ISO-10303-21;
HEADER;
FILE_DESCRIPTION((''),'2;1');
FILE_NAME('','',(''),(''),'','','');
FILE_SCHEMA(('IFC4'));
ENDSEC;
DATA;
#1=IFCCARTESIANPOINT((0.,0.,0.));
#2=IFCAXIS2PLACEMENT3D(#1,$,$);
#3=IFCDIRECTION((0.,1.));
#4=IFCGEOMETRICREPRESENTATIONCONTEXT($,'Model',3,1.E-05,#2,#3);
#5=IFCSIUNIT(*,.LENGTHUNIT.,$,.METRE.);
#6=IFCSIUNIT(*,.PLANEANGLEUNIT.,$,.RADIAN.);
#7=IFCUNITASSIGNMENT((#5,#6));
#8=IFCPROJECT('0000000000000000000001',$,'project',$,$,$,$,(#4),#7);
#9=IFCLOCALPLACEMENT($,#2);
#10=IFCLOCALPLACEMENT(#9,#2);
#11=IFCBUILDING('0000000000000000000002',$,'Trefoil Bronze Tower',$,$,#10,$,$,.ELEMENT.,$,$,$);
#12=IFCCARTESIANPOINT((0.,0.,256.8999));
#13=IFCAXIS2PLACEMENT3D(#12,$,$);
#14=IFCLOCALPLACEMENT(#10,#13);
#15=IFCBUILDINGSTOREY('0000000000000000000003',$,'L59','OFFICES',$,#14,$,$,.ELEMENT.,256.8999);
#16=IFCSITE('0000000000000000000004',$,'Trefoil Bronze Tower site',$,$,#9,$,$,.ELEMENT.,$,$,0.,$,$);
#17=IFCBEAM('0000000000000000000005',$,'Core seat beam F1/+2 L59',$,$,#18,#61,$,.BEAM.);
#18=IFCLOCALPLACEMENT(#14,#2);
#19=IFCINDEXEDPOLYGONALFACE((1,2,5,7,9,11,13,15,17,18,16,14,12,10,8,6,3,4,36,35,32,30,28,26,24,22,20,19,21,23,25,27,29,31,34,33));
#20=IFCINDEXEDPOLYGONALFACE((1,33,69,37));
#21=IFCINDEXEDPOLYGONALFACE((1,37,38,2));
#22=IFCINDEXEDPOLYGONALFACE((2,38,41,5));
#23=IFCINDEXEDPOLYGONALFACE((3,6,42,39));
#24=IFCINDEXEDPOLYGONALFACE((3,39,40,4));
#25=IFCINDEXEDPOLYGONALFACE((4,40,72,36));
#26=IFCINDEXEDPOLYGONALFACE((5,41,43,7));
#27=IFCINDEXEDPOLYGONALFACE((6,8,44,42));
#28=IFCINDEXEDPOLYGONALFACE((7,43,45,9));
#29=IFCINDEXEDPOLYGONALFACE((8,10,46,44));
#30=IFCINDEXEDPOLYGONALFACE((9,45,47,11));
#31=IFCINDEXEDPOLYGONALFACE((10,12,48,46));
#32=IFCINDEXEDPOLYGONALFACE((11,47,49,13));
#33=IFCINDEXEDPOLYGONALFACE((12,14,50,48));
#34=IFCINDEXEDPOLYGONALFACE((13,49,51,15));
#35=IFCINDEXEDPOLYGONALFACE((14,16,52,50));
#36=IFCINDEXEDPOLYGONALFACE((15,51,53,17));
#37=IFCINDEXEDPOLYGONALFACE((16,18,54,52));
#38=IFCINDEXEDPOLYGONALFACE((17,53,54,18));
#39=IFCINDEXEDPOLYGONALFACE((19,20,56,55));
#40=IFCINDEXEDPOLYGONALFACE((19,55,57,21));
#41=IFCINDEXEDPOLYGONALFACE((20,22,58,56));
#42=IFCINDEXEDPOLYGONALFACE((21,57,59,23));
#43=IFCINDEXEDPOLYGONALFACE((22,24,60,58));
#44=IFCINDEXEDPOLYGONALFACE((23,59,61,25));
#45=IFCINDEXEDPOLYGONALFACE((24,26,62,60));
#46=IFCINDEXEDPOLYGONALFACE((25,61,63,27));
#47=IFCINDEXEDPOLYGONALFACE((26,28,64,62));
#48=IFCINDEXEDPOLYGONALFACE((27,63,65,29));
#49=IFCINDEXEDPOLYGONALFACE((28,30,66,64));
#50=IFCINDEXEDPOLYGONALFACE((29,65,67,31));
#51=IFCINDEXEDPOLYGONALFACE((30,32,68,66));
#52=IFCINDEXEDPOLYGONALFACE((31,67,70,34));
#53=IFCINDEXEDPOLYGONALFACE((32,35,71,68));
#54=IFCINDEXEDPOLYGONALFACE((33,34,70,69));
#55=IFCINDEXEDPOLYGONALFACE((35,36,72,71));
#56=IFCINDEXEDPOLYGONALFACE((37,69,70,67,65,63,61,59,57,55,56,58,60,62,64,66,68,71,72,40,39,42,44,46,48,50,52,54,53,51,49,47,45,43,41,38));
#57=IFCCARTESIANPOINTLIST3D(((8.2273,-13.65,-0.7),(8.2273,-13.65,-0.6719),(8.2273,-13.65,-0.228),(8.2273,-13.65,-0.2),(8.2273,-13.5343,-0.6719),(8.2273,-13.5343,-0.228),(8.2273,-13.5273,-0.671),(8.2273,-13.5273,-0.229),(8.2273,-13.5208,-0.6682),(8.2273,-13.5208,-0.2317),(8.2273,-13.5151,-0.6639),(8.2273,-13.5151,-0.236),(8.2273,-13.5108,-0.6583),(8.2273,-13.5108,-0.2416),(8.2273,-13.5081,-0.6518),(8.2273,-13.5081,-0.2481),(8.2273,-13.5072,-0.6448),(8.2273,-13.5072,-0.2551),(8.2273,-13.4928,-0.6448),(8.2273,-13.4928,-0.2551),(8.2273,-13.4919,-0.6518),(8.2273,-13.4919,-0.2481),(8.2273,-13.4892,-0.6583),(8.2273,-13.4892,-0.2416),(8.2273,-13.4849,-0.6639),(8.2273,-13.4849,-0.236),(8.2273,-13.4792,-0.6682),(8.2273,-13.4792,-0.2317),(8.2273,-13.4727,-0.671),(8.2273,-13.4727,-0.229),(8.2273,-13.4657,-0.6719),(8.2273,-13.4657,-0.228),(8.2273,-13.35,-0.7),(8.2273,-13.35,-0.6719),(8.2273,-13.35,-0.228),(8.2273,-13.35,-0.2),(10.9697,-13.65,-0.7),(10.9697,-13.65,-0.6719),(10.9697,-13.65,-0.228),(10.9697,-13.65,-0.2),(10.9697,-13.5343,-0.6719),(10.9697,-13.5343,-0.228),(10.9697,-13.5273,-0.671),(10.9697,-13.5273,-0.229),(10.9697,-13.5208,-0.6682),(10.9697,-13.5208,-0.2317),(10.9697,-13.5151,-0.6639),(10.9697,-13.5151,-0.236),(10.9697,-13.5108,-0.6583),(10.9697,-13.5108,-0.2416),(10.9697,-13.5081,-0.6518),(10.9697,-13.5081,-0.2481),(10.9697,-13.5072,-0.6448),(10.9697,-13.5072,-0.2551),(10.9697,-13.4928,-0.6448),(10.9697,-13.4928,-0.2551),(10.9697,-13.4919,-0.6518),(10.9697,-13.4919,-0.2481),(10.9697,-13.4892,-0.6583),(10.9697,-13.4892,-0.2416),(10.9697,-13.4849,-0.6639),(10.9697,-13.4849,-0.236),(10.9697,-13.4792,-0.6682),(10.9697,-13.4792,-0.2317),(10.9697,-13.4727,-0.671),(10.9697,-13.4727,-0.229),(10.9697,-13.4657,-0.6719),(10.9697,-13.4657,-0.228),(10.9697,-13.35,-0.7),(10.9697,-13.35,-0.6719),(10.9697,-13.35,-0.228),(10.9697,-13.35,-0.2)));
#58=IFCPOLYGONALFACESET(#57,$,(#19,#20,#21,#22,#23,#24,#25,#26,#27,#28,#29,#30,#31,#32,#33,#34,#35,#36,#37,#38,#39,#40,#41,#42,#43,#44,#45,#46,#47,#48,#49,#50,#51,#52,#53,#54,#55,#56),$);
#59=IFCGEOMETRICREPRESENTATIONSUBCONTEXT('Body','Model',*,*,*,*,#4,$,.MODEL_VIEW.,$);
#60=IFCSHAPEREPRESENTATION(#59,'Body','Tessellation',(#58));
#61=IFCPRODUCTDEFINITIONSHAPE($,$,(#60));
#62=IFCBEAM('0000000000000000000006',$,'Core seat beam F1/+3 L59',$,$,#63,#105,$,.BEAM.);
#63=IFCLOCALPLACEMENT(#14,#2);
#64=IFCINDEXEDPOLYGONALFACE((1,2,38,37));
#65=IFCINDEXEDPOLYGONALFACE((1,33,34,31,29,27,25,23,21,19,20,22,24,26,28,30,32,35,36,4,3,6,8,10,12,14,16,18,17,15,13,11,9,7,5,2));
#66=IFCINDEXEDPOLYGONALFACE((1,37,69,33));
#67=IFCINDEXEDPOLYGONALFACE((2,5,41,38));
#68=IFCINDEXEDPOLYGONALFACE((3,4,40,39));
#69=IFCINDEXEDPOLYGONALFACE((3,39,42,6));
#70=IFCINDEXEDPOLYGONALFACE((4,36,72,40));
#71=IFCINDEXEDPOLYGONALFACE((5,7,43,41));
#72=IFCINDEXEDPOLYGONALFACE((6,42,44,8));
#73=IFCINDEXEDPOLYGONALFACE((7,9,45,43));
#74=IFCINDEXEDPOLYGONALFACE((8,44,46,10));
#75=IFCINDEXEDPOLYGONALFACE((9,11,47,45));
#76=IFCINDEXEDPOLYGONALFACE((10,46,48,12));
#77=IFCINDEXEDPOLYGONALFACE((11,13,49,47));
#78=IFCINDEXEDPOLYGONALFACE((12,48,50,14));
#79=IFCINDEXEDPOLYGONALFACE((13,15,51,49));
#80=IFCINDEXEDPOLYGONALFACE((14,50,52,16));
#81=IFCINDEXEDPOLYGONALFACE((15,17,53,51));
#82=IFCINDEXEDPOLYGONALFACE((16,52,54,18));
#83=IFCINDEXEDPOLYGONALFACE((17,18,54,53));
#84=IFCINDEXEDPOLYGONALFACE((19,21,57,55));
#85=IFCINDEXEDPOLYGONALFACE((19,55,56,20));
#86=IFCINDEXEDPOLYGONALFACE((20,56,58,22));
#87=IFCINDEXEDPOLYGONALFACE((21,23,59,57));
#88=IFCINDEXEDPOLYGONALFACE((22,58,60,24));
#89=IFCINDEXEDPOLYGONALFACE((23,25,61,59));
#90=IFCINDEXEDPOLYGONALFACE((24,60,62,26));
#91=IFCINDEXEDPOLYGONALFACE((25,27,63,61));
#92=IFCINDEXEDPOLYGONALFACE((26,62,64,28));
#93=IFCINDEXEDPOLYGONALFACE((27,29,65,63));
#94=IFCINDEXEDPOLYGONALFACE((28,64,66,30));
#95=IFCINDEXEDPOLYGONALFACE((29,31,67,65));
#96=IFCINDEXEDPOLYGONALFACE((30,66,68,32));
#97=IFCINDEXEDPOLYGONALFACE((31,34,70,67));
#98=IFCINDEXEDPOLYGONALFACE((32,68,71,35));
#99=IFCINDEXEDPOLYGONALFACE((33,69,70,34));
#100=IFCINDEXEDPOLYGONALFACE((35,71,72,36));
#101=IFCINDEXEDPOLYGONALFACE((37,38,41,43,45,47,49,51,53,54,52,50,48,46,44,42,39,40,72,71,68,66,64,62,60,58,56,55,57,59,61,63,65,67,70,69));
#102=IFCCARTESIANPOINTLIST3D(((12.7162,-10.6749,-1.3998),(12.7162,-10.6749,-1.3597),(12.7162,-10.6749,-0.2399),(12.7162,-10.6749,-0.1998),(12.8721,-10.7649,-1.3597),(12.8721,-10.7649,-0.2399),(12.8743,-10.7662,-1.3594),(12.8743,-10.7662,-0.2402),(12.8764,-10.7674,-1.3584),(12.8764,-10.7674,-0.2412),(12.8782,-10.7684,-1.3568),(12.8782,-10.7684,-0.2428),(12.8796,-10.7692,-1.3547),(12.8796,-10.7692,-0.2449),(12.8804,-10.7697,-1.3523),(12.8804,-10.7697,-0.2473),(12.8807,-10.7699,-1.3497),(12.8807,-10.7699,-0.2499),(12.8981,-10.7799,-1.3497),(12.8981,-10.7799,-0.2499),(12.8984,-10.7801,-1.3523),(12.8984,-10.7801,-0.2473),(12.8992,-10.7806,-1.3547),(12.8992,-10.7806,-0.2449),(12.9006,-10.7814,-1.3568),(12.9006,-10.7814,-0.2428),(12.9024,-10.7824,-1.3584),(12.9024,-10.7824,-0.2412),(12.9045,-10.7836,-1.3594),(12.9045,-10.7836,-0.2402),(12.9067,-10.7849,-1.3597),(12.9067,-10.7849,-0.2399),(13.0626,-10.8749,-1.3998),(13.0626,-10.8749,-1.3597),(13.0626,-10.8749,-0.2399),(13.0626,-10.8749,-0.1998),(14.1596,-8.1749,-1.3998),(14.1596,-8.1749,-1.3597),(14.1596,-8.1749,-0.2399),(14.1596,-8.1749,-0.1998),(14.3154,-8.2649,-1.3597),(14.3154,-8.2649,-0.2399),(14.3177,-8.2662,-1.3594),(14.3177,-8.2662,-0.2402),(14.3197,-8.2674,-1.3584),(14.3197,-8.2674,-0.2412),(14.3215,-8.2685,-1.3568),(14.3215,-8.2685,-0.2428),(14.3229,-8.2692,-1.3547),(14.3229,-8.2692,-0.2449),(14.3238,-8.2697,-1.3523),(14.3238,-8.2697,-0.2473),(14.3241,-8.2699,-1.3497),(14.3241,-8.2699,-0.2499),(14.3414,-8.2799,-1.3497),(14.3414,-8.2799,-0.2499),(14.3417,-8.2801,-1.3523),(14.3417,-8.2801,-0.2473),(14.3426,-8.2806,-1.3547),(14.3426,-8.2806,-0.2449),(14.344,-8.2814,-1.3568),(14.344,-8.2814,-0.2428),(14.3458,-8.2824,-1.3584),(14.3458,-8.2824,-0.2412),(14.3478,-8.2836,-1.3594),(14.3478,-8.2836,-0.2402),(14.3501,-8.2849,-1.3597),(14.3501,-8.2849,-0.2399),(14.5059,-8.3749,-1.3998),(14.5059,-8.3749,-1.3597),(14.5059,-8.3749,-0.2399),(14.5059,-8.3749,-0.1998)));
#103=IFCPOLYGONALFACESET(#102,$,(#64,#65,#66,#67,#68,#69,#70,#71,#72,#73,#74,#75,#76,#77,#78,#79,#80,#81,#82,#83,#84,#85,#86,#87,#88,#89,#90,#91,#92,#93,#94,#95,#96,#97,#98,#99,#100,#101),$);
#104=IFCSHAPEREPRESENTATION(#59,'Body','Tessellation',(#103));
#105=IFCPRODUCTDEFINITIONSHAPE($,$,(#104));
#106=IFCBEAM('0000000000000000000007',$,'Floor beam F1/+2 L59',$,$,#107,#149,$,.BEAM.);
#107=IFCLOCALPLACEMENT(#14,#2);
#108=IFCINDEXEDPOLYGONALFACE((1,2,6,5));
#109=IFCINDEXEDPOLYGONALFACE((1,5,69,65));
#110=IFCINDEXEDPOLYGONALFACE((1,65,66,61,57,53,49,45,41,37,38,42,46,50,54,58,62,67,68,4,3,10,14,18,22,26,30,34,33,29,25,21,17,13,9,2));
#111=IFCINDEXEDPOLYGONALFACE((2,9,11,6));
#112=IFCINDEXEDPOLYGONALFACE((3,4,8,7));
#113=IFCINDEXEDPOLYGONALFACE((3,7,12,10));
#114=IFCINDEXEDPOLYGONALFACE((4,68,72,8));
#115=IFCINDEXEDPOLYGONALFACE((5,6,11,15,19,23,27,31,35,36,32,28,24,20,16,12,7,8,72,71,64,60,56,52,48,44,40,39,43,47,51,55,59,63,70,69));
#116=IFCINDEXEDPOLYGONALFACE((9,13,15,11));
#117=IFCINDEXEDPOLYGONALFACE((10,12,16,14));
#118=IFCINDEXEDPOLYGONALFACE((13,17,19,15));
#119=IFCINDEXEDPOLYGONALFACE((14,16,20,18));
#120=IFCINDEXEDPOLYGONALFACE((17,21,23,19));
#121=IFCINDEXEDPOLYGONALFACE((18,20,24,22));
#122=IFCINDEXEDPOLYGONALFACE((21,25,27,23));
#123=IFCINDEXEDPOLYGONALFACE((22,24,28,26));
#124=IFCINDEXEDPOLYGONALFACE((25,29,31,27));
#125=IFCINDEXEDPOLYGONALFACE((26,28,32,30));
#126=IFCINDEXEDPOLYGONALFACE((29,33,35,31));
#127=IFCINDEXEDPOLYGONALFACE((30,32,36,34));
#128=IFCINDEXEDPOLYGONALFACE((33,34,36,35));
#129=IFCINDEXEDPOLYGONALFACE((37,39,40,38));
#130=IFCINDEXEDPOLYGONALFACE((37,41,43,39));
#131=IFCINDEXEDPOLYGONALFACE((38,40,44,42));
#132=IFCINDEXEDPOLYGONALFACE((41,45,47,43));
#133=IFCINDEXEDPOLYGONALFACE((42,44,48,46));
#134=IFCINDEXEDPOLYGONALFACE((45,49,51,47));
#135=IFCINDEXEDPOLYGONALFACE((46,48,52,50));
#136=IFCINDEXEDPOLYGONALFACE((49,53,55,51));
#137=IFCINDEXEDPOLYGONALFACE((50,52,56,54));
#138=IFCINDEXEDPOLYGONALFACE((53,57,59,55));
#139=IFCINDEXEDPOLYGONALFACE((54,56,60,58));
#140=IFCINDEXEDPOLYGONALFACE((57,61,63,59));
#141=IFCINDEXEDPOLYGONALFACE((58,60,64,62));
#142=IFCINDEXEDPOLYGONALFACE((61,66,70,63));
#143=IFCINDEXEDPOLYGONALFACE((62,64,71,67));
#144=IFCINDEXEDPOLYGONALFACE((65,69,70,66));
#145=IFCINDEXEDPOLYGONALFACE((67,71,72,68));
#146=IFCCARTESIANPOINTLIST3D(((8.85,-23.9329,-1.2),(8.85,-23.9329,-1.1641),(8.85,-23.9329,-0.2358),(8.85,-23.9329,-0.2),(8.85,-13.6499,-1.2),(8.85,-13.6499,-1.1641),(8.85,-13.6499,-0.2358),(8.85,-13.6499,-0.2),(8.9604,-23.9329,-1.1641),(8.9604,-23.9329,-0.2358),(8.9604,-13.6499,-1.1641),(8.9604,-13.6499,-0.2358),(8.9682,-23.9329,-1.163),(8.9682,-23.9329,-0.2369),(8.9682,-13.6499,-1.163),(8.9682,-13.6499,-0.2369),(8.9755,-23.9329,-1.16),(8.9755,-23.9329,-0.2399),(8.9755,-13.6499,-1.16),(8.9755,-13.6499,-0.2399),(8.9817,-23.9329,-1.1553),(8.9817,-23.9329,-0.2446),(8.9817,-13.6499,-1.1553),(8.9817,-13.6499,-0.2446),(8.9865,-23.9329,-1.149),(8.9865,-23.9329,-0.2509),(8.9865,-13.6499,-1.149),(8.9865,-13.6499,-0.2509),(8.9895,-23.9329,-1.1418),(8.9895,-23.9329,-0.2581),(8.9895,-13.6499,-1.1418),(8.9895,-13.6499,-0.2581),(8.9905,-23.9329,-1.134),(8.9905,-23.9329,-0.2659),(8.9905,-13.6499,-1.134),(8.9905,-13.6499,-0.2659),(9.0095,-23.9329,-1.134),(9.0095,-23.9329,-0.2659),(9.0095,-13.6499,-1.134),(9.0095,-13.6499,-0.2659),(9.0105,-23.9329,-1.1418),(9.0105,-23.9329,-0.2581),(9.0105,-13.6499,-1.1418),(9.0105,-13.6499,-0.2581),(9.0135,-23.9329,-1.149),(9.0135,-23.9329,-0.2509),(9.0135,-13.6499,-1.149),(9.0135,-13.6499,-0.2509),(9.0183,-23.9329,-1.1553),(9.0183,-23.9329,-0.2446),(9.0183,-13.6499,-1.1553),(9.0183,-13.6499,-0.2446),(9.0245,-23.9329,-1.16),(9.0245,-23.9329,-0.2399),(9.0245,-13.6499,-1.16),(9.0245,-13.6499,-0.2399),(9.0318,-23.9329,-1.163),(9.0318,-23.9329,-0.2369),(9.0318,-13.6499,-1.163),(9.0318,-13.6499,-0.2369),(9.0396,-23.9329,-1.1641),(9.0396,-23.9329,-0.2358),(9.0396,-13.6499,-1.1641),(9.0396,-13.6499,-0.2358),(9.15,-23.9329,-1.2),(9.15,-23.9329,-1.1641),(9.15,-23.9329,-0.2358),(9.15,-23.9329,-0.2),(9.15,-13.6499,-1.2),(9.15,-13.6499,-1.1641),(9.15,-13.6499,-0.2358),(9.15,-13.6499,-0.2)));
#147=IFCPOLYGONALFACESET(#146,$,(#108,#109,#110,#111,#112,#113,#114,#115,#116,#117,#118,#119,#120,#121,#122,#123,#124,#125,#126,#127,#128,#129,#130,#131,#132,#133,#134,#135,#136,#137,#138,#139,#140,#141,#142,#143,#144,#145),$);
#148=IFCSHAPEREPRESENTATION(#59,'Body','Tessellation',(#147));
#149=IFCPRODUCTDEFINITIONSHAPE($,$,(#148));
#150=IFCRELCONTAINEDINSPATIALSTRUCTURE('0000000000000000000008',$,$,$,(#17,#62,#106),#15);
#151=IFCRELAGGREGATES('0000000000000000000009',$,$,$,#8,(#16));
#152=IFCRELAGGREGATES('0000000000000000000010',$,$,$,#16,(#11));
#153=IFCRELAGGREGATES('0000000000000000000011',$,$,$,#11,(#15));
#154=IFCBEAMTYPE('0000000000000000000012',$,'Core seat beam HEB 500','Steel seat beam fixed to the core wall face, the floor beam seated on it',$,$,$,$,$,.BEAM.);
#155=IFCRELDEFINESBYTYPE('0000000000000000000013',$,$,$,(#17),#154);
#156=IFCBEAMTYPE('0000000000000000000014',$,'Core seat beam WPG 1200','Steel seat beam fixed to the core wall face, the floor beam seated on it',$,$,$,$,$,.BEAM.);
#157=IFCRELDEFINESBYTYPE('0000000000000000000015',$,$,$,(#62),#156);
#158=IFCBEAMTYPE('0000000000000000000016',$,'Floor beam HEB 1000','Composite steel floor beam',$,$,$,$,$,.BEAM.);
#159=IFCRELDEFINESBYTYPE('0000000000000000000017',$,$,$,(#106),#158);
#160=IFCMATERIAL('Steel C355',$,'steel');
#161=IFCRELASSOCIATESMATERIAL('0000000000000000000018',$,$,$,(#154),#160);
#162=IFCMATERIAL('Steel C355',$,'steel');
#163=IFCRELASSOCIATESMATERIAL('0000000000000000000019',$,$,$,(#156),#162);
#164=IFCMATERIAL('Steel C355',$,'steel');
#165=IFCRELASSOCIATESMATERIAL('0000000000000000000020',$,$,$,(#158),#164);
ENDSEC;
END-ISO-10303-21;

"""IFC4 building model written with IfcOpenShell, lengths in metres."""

from ifc_helpers import new_model, si_unit, direction, frame, origin, origin_2d, place, context, subcontext, project, spatial, i_section, extrude, material, material_profile, profile_set, type_object, element, save


model = new_model("IFC4")

# Units and contexts
model_context = context("Model", 3, precision=1e-05, world=origin(), true_north=direction((0.0, 1.0)))
body_context = subcontext(model_context, "Body", "Model", "MODEL_VIEW")
ifc_project = project(units=[si_unit("LENGTHUNIT", "METRE"), si_unit("PLANEANGLEUNIT", "RADIAN")], contexts=[model_context])

# Site, building, storey
site_placement = place(None, origin())
site = spatial("IfcSite", under=ifc_project, at=site_placement, Name="Trefoil Bronze Tower site", CompositionType="ELEMENT", RefElevation=0.0)
building_placement = place(site_placement, origin())
building = spatial("IfcBuilding", under=site, at=building_placement, Name="Trefoil Bronze Tower", CompositionType="ELEMENT")
storey_placement = place(building_placement, frame((0.0, 0.0, 256.8999)))
storey = spatial("IfcBuildingStorey", under=building, at=storey_placement, Name="L59", Description="OFFICES", CompositionType="ELEMENT", Elevation=256.8999)

# Beams
ifc_material_1 = material(Name="Steel C355", Category="steel")
ifc_material_profile_1 = material_profile(ifc_material_1, i_section(OverallWidth=0.3, OverallDepth=0.5, WebThickness=0.0144, FlangeThickness=0.0281, FilletRadius=0.0271, at=origin_2d()), Name="HEB 500")
ifc_profile_set_1 = profile_set([ifc_material_profile_1], Name="Steel C355")
beam_type_1 = type_object("IfcBeamType", Name="Core seat beam HEB 500", Description="Steel seat beam fixed to the core wall face, the floor beam seated on it", PredefinedType="BEAM", material=ifc_profile_set_1)
for number, where, z_axis, x_axis, name in (
    (1, (8.2273, -13.5, -0.45), (1.0, 0.0, 0.0), (0.0, 1.0, 0.0), "Core seat beam F1/+2 L59"),
):
    element("IfcBeam", number, at=place(storey_placement, frame(where, z_axis=z_axis, x_axis=x_axis)), inside=storey, type_object=beam_type_1, Name=name, PredefinedType="BEAM", context=body_context, shape_type="SweptSolid", body=[
        extrude(i_section(OverallWidth=0.3, OverallDepth=0.5, WebThickness=0.0144, FlangeThickness=0.0281, FilletRadius=0.0271, at=origin_2d()), origin(), (0.0, 0.0, 1.0), 2.7424),
    ])
ifc_material_2 = material(Name="Steel C355", Category="steel")
ifc_material_profile_2 = material_profile(ifc_material_2, i_section(OverallWidth=0.3999, OverallDepth=1.2, WebThickness=0.02, FlangeThickness=0.04, FilletRadius=0.01, at=origin_2d()), Name="WPG 1200")
ifc_profile_set_2 = profile_set([ifc_material_profile_2], Name="Steel C355")
beam_type_2 = type_object("IfcBeamType", Name="Core seat beam WPG 1200", Description="Steel seat beam fixed to the core wall face, the floor beam seated on it", PredefinedType="BEAM", material=ifc_profile_set_2)
beam_1_placement = place(storey_placement, frame((12.8894, -10.7749, -0.7998), z_axis=(0.499996, 0.866028, 0.0), x_axis=(-0.866028, 0.499996, 0.0)))
element("IfcBeam", 2, at=beam_1_placement, inside=storey, type_object=beam_type_2, Name="Core seat beam F1/+3 L59", PredefinedType="BEAM", context=body_context, shape_type="SweptSolid", body=[
    extrude(i_section(OverallWidth=0.3999, OverallDepth=1.2, WebThickness=0.02, FlangeThickness=0.04, FilletRadius=0.01, at=origin_2d()), origin(), (0.0, 0.0, 1.0), 2.8867),
])
ifc_material_3 = material(Name="Steel C355", Category="steel")
ifc_material_profile_3 = material_profile(ifc_material_3, i_section(OverallWidth=0.3, OverallDepth=1.0, WebThickness=0.019, FlangeThickness=0.0359, FilletRadius=0.03, at=origin_2d()), Name="HEB 1000")
ifc_profile_set_3 = profile_set([ifc_material_profile_3], Name="Steel C355")
beam_type_3 = type_object("IfcBeamType", Name="Floor beam HEB 1000", Description="Composite steel floor beam", PredefinedType="BEAM", material=ifc_profile_set_3)
beam_2_placement = place(storey_placement, frame((9.0, -23.9329, -0.7), z_axis=(0.0, 1.0, 0.0), x_axis=(-1.0, 0.0, 0.0)))
element("IfcBeam", 3, at=beam_2_placement, inside=storey, type_object=beam_type_3, Name="Floor beam F1/+2 L59", PredefinedType="BEAM", context=body_context, shape_type="SweptSolid", body=[
    extrude(i_section(OverallWidth=0.3, OverallDepth=1.0, WebThickness=0.019, FlangeThickness=0.0359, FilletRadius=0.03, at=origin_2d()), origin(), (0.0, 0.0, 1.0), 10.283),
])

save(model, "model.ifc")
